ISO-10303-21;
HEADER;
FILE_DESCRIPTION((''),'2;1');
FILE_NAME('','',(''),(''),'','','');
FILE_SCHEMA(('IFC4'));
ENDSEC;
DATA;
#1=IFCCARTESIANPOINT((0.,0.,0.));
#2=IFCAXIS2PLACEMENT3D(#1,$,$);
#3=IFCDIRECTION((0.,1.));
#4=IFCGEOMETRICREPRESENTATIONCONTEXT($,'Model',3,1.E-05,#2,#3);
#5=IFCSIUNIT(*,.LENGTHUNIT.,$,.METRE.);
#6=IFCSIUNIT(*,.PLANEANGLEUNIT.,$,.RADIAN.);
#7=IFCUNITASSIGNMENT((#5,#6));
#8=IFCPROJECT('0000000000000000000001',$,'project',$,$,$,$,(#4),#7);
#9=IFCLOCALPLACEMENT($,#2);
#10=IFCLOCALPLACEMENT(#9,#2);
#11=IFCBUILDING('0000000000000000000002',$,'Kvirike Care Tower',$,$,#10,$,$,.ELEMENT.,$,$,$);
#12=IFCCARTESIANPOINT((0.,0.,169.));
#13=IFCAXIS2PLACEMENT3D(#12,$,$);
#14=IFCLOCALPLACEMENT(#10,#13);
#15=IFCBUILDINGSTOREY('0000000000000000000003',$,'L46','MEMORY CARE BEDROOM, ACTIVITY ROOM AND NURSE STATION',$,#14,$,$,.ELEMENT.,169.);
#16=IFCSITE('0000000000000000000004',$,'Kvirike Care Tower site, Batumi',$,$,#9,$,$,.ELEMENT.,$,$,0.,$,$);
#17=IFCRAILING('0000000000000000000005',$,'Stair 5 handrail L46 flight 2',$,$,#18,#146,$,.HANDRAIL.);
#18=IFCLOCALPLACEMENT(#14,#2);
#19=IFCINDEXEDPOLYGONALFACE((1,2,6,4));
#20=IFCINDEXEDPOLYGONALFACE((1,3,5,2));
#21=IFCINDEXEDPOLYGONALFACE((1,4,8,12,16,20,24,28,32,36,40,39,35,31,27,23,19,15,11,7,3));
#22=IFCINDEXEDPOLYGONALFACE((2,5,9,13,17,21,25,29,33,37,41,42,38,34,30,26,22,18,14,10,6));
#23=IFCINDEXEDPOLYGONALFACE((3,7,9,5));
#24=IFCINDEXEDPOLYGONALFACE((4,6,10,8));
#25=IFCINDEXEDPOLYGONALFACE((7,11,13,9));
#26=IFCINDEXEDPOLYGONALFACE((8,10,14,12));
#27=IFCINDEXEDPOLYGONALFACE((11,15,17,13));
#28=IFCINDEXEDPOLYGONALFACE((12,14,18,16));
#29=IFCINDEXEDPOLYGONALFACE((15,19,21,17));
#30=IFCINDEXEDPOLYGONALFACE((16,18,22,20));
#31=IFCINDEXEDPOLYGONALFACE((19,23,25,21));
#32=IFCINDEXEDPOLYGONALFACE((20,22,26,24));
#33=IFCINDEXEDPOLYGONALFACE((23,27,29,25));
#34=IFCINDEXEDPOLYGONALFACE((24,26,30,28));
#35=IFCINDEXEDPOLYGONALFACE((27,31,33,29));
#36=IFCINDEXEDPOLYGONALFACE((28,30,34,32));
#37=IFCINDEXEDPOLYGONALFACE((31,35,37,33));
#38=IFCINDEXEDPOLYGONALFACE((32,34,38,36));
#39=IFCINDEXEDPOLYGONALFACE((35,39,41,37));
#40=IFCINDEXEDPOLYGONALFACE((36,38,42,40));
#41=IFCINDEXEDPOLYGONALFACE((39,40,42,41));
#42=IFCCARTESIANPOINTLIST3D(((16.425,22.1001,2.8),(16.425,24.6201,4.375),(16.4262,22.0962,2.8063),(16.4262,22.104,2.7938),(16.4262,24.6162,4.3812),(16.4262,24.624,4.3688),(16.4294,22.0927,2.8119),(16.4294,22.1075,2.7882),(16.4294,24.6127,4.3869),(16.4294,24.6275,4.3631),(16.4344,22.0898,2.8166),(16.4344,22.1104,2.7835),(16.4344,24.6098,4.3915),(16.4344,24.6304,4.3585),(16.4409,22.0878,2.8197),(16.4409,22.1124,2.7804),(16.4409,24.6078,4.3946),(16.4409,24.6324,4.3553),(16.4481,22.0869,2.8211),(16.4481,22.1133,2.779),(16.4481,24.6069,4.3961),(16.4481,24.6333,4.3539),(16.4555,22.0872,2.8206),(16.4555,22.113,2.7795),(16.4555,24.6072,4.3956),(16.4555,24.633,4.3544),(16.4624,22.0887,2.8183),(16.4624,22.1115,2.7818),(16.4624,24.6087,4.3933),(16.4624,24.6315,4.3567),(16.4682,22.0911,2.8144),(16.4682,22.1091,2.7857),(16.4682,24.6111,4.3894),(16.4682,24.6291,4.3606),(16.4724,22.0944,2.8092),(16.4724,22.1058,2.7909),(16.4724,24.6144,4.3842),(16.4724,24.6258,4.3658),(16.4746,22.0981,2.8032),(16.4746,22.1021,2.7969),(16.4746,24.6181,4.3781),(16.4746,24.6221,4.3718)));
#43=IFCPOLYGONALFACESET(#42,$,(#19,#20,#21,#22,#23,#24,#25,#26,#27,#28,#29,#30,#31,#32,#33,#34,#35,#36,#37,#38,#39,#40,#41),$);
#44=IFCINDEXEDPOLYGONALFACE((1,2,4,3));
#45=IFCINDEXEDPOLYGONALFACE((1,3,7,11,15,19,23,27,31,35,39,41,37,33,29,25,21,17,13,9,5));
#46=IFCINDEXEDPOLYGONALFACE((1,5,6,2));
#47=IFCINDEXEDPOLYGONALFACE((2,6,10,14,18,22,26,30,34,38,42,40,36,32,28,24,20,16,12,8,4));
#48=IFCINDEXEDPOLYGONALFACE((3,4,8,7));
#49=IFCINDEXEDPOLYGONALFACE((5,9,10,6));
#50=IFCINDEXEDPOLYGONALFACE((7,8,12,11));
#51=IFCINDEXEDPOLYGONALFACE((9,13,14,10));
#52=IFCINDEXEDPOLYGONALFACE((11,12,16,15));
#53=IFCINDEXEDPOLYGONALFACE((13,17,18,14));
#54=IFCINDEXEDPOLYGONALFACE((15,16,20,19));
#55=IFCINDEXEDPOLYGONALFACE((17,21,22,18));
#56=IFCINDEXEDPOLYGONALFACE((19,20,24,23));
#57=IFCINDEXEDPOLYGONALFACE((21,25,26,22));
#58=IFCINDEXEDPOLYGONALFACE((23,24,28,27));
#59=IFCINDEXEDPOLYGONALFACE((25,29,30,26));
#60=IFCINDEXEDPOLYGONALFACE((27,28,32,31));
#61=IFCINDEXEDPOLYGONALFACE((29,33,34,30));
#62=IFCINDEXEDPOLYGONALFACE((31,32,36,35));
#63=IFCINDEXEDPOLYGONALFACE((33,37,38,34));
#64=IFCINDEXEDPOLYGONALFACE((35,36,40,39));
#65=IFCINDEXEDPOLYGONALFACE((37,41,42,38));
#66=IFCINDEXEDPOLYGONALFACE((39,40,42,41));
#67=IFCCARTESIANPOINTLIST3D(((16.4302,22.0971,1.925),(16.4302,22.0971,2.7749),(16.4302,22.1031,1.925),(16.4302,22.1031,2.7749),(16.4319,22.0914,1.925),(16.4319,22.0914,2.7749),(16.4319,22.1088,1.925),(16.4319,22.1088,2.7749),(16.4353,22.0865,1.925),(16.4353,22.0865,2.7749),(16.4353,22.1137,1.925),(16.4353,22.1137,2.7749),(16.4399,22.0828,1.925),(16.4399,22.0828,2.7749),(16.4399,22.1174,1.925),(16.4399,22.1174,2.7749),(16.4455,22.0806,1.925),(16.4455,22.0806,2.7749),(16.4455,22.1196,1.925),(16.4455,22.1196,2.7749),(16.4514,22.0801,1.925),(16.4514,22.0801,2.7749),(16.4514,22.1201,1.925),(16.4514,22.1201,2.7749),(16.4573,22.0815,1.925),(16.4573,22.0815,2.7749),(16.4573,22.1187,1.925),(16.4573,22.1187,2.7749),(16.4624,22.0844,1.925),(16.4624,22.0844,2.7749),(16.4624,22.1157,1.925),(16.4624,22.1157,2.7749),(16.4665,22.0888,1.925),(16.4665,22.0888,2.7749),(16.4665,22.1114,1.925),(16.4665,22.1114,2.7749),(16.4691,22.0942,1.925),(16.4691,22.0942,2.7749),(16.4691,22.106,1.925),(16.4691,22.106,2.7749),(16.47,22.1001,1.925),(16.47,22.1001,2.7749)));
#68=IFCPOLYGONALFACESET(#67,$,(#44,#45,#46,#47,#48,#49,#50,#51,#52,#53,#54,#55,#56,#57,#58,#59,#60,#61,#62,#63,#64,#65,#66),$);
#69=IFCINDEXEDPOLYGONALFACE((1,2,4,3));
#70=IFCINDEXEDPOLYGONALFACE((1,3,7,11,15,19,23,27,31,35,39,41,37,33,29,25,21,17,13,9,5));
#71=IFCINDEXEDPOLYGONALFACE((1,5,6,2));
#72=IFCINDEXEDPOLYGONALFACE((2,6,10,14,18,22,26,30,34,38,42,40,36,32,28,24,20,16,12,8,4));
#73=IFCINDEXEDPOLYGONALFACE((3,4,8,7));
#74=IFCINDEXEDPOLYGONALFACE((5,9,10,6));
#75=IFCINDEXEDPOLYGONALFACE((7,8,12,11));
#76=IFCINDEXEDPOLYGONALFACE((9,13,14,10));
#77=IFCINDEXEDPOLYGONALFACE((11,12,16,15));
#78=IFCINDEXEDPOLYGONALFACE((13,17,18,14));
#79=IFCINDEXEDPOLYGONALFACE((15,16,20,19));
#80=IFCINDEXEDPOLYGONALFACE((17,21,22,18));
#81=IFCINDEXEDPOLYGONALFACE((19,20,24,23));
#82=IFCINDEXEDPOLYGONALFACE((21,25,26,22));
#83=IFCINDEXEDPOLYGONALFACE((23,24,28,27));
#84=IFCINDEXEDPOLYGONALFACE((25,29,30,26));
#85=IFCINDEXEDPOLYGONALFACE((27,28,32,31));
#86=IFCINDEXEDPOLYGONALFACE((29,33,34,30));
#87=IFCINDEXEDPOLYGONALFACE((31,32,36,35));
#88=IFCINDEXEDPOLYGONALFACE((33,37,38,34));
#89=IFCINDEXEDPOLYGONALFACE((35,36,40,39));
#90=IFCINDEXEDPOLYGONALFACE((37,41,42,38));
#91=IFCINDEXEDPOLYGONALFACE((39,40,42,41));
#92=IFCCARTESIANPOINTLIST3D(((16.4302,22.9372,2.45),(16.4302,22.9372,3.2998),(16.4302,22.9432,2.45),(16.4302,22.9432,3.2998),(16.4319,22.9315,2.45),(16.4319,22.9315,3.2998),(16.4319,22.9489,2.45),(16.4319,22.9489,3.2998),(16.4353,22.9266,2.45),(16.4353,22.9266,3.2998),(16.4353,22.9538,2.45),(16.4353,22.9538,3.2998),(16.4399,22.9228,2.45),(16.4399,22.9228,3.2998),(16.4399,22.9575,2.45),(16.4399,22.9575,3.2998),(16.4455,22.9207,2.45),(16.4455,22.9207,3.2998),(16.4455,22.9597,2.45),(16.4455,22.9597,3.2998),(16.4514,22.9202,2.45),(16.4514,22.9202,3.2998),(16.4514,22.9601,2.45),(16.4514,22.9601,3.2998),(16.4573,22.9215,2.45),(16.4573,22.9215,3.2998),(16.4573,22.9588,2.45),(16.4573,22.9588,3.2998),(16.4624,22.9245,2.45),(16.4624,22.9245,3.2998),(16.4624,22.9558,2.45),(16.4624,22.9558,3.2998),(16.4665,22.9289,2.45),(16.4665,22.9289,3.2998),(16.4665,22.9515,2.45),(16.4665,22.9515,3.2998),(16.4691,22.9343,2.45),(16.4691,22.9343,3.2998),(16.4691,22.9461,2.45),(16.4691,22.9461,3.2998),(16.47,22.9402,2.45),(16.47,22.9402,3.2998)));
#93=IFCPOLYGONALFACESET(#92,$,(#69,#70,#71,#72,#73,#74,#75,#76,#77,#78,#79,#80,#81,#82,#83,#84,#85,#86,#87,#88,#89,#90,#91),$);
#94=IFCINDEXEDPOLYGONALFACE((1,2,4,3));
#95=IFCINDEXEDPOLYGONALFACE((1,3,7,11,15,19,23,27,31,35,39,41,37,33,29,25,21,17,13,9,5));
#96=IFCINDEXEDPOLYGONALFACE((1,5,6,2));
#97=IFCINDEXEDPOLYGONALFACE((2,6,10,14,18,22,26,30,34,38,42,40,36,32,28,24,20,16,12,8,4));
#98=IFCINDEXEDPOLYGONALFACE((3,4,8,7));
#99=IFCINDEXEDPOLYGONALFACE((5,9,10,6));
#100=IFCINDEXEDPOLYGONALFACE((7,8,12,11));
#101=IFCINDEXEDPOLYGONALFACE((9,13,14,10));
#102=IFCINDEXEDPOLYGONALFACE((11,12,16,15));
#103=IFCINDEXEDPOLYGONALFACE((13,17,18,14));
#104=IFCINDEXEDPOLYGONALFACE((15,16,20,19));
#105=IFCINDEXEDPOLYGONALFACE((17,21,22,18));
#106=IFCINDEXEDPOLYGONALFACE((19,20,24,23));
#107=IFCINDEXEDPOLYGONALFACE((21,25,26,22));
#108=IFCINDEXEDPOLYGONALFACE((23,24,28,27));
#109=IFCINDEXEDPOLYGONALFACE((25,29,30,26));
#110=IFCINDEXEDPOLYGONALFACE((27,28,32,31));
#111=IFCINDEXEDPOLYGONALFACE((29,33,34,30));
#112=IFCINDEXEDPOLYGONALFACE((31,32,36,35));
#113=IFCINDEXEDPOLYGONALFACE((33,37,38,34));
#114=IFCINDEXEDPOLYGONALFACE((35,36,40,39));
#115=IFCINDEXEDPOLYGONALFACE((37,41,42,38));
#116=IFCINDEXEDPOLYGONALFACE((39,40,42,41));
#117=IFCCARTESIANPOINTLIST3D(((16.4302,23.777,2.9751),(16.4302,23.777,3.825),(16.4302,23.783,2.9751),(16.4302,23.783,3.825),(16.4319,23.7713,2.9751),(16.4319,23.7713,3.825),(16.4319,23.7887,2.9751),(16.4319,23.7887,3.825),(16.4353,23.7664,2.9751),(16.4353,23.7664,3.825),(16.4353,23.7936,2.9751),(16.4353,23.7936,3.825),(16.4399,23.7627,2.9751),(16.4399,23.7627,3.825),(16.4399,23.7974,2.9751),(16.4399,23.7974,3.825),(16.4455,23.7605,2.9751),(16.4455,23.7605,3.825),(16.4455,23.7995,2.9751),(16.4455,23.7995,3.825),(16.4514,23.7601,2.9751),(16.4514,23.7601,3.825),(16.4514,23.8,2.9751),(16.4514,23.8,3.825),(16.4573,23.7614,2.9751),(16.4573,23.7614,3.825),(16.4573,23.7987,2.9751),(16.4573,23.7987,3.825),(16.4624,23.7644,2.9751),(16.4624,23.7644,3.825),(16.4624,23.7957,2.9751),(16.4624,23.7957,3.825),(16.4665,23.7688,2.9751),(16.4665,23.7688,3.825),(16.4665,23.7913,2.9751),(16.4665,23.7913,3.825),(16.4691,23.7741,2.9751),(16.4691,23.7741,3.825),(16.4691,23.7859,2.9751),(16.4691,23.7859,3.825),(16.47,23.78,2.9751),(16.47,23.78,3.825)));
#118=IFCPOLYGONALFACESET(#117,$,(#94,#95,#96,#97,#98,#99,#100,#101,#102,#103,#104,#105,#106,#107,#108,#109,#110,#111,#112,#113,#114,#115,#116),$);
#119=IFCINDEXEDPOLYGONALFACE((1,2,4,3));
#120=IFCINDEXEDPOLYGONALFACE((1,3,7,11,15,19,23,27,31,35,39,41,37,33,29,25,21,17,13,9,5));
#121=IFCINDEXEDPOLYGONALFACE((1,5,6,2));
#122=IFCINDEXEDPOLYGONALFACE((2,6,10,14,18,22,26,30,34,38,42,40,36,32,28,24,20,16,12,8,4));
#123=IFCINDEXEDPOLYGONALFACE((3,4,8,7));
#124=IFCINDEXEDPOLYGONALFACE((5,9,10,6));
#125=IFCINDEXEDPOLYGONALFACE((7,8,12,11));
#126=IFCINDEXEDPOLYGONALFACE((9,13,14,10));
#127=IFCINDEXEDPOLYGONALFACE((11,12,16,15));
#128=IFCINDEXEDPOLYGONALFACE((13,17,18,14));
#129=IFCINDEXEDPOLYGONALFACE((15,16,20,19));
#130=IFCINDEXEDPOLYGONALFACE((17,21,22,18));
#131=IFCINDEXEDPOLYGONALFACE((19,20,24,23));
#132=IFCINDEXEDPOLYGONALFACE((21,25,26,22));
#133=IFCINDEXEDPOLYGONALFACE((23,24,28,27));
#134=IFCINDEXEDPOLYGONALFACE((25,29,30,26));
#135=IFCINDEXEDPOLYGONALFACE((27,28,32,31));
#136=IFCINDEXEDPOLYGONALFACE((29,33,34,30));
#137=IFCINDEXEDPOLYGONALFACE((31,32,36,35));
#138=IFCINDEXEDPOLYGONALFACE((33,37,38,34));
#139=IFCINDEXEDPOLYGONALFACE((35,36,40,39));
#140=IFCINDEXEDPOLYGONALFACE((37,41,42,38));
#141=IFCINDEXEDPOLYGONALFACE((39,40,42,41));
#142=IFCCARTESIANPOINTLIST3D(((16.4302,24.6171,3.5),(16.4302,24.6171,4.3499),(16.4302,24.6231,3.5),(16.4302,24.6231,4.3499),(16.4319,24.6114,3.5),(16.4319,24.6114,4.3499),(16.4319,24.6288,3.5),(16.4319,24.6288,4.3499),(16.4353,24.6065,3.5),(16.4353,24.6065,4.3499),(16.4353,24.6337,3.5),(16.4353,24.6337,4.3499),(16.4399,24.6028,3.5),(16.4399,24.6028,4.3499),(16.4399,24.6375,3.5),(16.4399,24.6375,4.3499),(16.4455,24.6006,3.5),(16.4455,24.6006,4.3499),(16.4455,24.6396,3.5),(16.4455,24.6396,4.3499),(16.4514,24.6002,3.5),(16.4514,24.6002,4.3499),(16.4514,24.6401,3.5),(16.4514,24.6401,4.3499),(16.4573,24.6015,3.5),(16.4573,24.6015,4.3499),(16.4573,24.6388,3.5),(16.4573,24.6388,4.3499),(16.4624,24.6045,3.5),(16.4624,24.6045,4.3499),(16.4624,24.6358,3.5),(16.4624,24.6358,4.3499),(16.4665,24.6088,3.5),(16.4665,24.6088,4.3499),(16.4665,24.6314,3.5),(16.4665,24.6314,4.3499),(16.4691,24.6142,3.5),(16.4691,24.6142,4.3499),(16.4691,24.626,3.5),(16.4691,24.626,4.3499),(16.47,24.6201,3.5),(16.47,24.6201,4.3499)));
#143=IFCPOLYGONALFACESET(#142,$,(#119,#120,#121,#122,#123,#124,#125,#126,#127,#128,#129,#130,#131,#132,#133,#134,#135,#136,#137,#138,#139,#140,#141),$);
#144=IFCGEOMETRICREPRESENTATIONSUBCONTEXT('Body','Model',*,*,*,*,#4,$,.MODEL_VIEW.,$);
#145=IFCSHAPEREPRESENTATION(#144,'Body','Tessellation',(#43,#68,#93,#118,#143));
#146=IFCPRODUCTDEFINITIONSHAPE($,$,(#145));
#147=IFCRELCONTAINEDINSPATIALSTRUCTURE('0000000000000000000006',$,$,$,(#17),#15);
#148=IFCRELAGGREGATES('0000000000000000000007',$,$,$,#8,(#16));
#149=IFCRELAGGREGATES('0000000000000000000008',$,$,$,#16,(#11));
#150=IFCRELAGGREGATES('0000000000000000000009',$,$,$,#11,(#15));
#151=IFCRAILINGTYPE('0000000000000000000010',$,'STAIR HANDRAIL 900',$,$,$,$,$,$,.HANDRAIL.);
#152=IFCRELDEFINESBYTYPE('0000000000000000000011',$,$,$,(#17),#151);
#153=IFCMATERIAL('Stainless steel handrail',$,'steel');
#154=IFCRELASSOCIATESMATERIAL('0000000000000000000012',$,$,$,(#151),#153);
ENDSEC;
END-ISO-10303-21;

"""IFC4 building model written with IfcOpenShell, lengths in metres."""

from ifc_helpers import new_model, si_unit, direction, frame, origin, origin_2d, place, context, subcontext, project, spatial, circle, extrude, material, type_object, element, save


model = new_model("IFC4")

# Units and contexts
model_context = context("Model", 3, precision=1e-05, world=origin(), true_north=direction((0.0, 1.0)))
body_context = subcontext(model_context, "Body", "Model", "MODEL_VIEW")
ifc_project = project(units=[si_unit("LENGTHUNIT", "METRE"), si_unit("PLANEANGLEUNIT", "RADIAN")], contexts=[model_context])

# Site, building, storey
site_placement = place(None, origin())
site = spatial("IfcSite", under=ifc_project, at=site_placement, Name="Kvirike Care Tower site, Batumi", CompositionType="ELEMENT", RefElevation=0.0)
building_placement = place(site_placement, origin())
building = spatial("IfcBuilding", under=site, at=building_placement, Name="Kvirike Care Tower", CompositionType="ELEMENT")
storey_placement = place(building_placement, frame((0.0, 0.0, 169.0)))
storey = spatial("IfcBuildingStorey", under=building, at=storey_placement, Name="L46", Description="MEMORY CARE BEDROOM, ACTIVITY ROOM AND NURSE STATION", CompositionType="ELEMENT", Elevation=169.0)

# Railing
ifc_material_1 = material(Name="Stainless steel handrail", Category="steel")
railing_type = type_object("IfcRailingType", Name="STAIR HANDRAIL 900", PredefinedType="HANDRAIL", material=ifc_material_1)
railing_placement = place(storey_placement, frame((16.45, 22.1001, 1.925)))
element("IfcRailing", 1, at=railing_placement, inside=storey, type_object=railing_type, Name="Stair 5 handrail L46 flight 2", PredefinedType="HANDRAIL", context=body_context, shape_type="SweptSolid", body=[
    extrude(circle(Radius=0.0249, at=origin_2d()), frame((0.0, 0.0, 0.875), z_axis=(0.0, 0.848008, 0.529984), x_axis=(-1.0, 0.0, 0.0)), (0.0, 0.0, 1.0), 2.9717),
    extrude(circle(Radius=0.02, at=origin_2d()), origin(), (0.0, 0.0, 1.0), 0.8499),
    extrude(circle(Radius=0.02, at=origin_2d()), frame((0.0, 0.8401, 0.5249)), (0.0, 0.0, 1.0), 0.8499),
    extrude(circle(Radius=0.02, at=origin_2d()), frame((0.0, 1.6799, 1.05)), (0.0, 0.0, 1.0), 0.8499),
    extrude(circle(Radius=0.02, at=origin_2d()), frame((0.0, 2.52, 1.575)), (0.0, 0.0, 1.0), 0.8499),
])

save(model, "model.ifc")
